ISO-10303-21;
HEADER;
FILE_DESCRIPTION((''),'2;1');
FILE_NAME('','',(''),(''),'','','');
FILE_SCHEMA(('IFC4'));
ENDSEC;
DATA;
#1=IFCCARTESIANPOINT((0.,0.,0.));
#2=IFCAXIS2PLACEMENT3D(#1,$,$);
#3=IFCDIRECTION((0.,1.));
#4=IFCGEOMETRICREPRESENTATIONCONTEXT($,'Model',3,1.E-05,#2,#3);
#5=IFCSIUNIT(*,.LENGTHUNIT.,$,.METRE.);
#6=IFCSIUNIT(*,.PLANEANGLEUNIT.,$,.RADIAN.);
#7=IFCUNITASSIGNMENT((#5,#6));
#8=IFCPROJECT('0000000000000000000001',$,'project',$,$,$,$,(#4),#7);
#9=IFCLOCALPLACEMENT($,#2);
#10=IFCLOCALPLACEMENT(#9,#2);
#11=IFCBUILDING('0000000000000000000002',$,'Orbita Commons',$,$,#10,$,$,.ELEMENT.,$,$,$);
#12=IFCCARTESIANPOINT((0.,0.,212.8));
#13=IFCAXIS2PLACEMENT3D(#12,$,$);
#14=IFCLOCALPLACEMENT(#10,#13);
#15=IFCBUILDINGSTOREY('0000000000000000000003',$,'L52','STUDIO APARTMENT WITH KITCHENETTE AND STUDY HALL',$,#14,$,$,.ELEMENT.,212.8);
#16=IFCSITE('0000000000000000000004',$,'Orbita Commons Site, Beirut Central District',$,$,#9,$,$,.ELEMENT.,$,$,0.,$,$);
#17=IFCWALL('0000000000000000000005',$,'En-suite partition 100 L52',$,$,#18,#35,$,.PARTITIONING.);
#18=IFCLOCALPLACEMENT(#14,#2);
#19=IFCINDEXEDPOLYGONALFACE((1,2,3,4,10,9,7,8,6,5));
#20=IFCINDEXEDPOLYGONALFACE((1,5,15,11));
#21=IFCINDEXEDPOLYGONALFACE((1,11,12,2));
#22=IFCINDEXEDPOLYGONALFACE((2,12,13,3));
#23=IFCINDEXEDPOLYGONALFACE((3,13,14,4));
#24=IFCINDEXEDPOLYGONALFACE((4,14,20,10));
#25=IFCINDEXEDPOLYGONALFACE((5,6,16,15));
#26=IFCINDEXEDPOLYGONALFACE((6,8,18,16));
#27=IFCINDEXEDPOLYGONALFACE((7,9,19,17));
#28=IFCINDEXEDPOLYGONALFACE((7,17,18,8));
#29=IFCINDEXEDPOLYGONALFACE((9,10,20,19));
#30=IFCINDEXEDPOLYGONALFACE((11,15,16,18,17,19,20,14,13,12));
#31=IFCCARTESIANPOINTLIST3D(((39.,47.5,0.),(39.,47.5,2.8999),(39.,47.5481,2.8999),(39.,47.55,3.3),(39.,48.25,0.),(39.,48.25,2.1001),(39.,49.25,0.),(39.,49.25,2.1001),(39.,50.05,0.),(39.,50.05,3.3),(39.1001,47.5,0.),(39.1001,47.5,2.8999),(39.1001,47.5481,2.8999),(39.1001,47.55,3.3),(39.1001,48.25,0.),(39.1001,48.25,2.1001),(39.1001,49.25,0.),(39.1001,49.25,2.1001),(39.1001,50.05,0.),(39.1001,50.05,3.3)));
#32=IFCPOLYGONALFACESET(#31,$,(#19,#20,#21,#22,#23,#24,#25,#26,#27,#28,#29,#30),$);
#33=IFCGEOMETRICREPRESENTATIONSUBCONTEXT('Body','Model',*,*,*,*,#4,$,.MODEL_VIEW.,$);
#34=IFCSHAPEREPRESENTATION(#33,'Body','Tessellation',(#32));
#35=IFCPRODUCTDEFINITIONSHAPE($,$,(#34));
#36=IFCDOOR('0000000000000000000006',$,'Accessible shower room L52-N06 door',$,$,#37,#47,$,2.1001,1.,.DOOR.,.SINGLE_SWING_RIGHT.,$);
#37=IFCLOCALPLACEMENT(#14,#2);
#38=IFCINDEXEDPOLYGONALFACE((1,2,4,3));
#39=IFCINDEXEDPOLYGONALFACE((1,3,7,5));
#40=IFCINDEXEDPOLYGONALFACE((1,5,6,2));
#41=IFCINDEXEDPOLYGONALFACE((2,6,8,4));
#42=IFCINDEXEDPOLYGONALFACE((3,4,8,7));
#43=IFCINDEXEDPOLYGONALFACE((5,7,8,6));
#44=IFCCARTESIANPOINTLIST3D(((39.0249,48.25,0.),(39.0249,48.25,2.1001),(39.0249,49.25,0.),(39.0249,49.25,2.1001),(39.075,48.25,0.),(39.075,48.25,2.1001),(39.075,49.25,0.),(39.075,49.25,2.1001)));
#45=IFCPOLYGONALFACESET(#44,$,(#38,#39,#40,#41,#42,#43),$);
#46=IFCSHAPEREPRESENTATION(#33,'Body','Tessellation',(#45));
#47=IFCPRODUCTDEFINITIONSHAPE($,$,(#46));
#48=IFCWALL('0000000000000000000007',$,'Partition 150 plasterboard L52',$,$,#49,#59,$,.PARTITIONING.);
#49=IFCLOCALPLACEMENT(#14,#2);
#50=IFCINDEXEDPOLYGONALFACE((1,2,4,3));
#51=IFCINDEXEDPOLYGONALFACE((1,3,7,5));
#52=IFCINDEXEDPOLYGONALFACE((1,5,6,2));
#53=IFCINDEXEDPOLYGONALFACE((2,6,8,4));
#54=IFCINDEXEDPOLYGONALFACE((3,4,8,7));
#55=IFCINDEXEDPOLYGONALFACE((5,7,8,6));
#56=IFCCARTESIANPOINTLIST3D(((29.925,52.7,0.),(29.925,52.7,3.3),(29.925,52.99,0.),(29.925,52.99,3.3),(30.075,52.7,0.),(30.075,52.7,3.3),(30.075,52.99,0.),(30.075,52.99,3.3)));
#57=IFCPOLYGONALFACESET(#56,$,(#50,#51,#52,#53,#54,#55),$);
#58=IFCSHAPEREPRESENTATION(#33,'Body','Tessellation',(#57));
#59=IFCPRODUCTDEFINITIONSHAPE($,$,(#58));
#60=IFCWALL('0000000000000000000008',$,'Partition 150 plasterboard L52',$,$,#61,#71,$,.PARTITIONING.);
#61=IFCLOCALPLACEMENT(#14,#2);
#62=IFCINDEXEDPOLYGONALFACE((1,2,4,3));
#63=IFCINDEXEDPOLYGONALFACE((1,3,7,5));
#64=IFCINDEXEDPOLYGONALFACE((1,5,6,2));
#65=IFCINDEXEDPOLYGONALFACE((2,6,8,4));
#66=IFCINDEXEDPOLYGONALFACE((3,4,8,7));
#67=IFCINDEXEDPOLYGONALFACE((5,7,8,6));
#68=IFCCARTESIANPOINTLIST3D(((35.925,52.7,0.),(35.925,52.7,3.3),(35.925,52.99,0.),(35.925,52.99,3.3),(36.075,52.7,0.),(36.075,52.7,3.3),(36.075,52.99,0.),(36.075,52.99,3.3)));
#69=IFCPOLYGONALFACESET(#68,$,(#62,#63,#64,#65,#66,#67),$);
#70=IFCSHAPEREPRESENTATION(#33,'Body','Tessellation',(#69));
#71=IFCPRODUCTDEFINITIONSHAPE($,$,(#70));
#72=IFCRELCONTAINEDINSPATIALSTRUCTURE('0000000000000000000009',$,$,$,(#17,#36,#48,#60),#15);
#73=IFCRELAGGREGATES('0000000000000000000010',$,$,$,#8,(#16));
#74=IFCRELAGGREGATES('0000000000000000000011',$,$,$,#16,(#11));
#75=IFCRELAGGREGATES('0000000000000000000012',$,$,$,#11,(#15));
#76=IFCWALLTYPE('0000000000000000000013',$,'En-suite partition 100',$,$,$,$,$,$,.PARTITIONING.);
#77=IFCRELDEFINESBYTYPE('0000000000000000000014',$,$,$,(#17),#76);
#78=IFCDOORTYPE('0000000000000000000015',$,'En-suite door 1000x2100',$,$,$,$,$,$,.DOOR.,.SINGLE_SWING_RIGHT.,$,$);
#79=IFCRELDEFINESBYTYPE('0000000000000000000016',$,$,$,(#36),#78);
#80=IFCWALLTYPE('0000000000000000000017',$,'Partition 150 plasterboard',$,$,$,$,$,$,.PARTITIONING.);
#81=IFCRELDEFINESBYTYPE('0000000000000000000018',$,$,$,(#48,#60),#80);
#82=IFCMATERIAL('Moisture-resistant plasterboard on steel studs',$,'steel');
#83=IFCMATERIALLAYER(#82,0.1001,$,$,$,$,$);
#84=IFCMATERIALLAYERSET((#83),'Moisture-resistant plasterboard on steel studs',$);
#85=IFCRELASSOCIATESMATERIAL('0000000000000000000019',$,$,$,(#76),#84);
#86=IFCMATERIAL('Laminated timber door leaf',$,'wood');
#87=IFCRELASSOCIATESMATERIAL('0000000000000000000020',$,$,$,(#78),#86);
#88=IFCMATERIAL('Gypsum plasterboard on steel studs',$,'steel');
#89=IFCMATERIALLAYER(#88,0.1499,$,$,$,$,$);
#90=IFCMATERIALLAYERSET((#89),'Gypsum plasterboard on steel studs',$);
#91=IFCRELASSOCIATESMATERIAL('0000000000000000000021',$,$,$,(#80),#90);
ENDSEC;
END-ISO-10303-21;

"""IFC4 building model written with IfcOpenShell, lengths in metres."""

from ifc_helpers import new_model, si_unit, direction, frame, frame_2d, origin, place, context, subcontext, project, spatial, polyline, rectangle, outline, extrude, material, layer, layer_set, type_object, element, fill, save


model = new_model("IFC4")

# Units and contexts
model_context = context("Model", 3, precision=1e-05, world=origin(), true_north=direction((0.0, 1.0)))
body_context = subcontext(model_context, "Body", "Model", "MODEL_VIEW")
ifc_project = project(units=[si_unit("LENGTHUNIT", "METRE"), si_unit("PLANEANGLEUNIT", "RADIAN")], contexts=[model_context])

# Site, building, storey
site_placement = place(None, origin())
site = spatial("IfcSite", under=ifc_project, at=site_placement, Name="Orbita Commons Site, Beirut Central District", CompositionType="ELEMENT", RefElevation=0.0)
building_placement = place(site_placement, origin())
building = spatial("IfcBuilding", under=site, at=building_placement, Name="Orbita Commons", CompositionType="ELEMENT")
storey_placement = place(building_placement, frame((0.0, 0.0, 212.8)))
storey = spatial("IfcBuildingStorey", under=building, at=storey_placement, Name="L52", Description="STUDIO APARTMENT WITH KITCHENETTE AND STUDY HALL", CompositionType="ELEMENT", Elevation=212.8)

# Shared definitions
ifc_material_1 = material(Name="Moisture-resistant plasterboard on steel studs", Category="steel")
ifc_layer_1 = layer(ifc_material_1, 0.1001)
ifc_layer_set_1 = layer_set([ifc_layer_1], Name="Moisture-resistant plasterboard on steel studs")
wall_type_1 = type_object("IfcWallType", Name="En-suite partition 100", PredefinedType="PARTITIONING", material=ifc_layer_set_1)

# Wall, opening, door
wall_1_placement = place(storey_placement, frame((39.05, 50.05, 0.0), z_axis=(0.0, 0.0, 1.0), x_axis=(0.0, -1.0, 0.0)))
wall_1 = element("IfcWall", 1, at=wall_1_placement, inside=storey, type_object=wall_type_1, Name="En-suite partition 100 L52", PredefinedType="PARTITIONING", context=body_context, shape_type="SweptSolid", body=[
    extrude(outline(polyline([(0.0, 0.0), (2.55, 0.0), (2.55, 2.8999), (2.502, 2.8999), (2.5, 3.3), (0.0, 3.3), (0.0, 0.0)])), frame((0.0, 0.05, 0.0), z_axis=(0.0, -1.0, 0.0), x_axis=(1.0, 0.0, 0.0)), (0.0, 0.0, 1.0), 0.1001),
])
opening_1_placement = place(wall_1_placement, frame((0.8, 0.0, 0.0)))
opening_1 = element("IfcOpeningElement", 2, at=opening_1_placement, cuts=wall_1, PredefinedType="OPENING", context=body_context, shape_type="SweptSolid", body=[
    extrude(rectangle(XDim=1.0, YDim=2.1001, at=frame_2d((0.5, 1.05))), frame((0.0, 0.0601, 0.0), z_axis=(0.0, -1.0, 0.0), x_axis=(1.0, 0.0, 0.0)), (0.0, 0.0, 1.0), 0.1201),
])
ifc_material_2 = material(Name="Laminated timber door leaf", Category="wood")
door_type_1 = type_object("IfcDoorType", Name="En-suite door 1000x2100", OperationType="SINGLE_SWING_RIGHT", PredefinedType="DOOR", material=ifc_material_2)
door_1_placement = place(opening_1_placement, origin())
door_1 = element("IfcDoor", 3, at=door_1_placement, inside=storey, type_object=door_type_1, Name="Accessible shower room L52-N06 door", OperationType="SINGLE_SWING_RIGHT", OverallHeight=2.1001, OverallWidth=1.0, PredefinedType="DOOR", context=body_context, shape_type="SweptSolid", body=[
    extrude(rectangle(XDim=1.0, YDim=2.1001, at=frame_2d((0.5, 1.05))), frame((0.0, 0.0249, 0.0), z_axis=(0.0, -1.0, 0.0), x_axis=(1.0, 0.0, 0.0)), (0.0, 0.0, 1.0), 0.05),
])
fill(opening_1, door_1)

# Walls
ifc_material_3 = material(Name="Gypsum plasterboard on steel studs", Category="steel")
ifc_layer_2 = layer(ifc_material_3, 0.1499)
ifc_layer_set_2 = layer_set([ifc_layer_2], Name="Gypsum plasterboard on steel studs")
wall_type_2 = type_object("IfcWallType", Name="Partition 150 plasterboard", PredefinedType="PARTITIONING", material=ifc_layer_set_2)
for number, where, z_axis, x_axis, name in (
    (4, (30.0, 52.7, 0.0), (0.0, 0.0, 1.0), (0.0, 1.0, 0.0), "Partition 150 plasterboard L52"),
    (5, (36.0, 52.7, 0.0), (0.0, 0.0, 1.0), (0.0, 1.0, 0.0), "Partition 150 plasterboard L52"),
):
    element("IfcWall", number, at=place(storey_placement, frame(where, z_axis=z_axis, x_axis=x_axis)), inside=storey, type_object=wall_type_2, Name=name, PredefinedType="PARTITIONING", context=body_context, shape_type="SweptSolid", body=[
        extrude(rectangle(XDim=0.29, YDim=0.1499, at=frame_2d((0.145, 0.0))), origin(), (0.0, 0.0, 1.0), 3.3),
    ])

save(model, "model.ifc")
